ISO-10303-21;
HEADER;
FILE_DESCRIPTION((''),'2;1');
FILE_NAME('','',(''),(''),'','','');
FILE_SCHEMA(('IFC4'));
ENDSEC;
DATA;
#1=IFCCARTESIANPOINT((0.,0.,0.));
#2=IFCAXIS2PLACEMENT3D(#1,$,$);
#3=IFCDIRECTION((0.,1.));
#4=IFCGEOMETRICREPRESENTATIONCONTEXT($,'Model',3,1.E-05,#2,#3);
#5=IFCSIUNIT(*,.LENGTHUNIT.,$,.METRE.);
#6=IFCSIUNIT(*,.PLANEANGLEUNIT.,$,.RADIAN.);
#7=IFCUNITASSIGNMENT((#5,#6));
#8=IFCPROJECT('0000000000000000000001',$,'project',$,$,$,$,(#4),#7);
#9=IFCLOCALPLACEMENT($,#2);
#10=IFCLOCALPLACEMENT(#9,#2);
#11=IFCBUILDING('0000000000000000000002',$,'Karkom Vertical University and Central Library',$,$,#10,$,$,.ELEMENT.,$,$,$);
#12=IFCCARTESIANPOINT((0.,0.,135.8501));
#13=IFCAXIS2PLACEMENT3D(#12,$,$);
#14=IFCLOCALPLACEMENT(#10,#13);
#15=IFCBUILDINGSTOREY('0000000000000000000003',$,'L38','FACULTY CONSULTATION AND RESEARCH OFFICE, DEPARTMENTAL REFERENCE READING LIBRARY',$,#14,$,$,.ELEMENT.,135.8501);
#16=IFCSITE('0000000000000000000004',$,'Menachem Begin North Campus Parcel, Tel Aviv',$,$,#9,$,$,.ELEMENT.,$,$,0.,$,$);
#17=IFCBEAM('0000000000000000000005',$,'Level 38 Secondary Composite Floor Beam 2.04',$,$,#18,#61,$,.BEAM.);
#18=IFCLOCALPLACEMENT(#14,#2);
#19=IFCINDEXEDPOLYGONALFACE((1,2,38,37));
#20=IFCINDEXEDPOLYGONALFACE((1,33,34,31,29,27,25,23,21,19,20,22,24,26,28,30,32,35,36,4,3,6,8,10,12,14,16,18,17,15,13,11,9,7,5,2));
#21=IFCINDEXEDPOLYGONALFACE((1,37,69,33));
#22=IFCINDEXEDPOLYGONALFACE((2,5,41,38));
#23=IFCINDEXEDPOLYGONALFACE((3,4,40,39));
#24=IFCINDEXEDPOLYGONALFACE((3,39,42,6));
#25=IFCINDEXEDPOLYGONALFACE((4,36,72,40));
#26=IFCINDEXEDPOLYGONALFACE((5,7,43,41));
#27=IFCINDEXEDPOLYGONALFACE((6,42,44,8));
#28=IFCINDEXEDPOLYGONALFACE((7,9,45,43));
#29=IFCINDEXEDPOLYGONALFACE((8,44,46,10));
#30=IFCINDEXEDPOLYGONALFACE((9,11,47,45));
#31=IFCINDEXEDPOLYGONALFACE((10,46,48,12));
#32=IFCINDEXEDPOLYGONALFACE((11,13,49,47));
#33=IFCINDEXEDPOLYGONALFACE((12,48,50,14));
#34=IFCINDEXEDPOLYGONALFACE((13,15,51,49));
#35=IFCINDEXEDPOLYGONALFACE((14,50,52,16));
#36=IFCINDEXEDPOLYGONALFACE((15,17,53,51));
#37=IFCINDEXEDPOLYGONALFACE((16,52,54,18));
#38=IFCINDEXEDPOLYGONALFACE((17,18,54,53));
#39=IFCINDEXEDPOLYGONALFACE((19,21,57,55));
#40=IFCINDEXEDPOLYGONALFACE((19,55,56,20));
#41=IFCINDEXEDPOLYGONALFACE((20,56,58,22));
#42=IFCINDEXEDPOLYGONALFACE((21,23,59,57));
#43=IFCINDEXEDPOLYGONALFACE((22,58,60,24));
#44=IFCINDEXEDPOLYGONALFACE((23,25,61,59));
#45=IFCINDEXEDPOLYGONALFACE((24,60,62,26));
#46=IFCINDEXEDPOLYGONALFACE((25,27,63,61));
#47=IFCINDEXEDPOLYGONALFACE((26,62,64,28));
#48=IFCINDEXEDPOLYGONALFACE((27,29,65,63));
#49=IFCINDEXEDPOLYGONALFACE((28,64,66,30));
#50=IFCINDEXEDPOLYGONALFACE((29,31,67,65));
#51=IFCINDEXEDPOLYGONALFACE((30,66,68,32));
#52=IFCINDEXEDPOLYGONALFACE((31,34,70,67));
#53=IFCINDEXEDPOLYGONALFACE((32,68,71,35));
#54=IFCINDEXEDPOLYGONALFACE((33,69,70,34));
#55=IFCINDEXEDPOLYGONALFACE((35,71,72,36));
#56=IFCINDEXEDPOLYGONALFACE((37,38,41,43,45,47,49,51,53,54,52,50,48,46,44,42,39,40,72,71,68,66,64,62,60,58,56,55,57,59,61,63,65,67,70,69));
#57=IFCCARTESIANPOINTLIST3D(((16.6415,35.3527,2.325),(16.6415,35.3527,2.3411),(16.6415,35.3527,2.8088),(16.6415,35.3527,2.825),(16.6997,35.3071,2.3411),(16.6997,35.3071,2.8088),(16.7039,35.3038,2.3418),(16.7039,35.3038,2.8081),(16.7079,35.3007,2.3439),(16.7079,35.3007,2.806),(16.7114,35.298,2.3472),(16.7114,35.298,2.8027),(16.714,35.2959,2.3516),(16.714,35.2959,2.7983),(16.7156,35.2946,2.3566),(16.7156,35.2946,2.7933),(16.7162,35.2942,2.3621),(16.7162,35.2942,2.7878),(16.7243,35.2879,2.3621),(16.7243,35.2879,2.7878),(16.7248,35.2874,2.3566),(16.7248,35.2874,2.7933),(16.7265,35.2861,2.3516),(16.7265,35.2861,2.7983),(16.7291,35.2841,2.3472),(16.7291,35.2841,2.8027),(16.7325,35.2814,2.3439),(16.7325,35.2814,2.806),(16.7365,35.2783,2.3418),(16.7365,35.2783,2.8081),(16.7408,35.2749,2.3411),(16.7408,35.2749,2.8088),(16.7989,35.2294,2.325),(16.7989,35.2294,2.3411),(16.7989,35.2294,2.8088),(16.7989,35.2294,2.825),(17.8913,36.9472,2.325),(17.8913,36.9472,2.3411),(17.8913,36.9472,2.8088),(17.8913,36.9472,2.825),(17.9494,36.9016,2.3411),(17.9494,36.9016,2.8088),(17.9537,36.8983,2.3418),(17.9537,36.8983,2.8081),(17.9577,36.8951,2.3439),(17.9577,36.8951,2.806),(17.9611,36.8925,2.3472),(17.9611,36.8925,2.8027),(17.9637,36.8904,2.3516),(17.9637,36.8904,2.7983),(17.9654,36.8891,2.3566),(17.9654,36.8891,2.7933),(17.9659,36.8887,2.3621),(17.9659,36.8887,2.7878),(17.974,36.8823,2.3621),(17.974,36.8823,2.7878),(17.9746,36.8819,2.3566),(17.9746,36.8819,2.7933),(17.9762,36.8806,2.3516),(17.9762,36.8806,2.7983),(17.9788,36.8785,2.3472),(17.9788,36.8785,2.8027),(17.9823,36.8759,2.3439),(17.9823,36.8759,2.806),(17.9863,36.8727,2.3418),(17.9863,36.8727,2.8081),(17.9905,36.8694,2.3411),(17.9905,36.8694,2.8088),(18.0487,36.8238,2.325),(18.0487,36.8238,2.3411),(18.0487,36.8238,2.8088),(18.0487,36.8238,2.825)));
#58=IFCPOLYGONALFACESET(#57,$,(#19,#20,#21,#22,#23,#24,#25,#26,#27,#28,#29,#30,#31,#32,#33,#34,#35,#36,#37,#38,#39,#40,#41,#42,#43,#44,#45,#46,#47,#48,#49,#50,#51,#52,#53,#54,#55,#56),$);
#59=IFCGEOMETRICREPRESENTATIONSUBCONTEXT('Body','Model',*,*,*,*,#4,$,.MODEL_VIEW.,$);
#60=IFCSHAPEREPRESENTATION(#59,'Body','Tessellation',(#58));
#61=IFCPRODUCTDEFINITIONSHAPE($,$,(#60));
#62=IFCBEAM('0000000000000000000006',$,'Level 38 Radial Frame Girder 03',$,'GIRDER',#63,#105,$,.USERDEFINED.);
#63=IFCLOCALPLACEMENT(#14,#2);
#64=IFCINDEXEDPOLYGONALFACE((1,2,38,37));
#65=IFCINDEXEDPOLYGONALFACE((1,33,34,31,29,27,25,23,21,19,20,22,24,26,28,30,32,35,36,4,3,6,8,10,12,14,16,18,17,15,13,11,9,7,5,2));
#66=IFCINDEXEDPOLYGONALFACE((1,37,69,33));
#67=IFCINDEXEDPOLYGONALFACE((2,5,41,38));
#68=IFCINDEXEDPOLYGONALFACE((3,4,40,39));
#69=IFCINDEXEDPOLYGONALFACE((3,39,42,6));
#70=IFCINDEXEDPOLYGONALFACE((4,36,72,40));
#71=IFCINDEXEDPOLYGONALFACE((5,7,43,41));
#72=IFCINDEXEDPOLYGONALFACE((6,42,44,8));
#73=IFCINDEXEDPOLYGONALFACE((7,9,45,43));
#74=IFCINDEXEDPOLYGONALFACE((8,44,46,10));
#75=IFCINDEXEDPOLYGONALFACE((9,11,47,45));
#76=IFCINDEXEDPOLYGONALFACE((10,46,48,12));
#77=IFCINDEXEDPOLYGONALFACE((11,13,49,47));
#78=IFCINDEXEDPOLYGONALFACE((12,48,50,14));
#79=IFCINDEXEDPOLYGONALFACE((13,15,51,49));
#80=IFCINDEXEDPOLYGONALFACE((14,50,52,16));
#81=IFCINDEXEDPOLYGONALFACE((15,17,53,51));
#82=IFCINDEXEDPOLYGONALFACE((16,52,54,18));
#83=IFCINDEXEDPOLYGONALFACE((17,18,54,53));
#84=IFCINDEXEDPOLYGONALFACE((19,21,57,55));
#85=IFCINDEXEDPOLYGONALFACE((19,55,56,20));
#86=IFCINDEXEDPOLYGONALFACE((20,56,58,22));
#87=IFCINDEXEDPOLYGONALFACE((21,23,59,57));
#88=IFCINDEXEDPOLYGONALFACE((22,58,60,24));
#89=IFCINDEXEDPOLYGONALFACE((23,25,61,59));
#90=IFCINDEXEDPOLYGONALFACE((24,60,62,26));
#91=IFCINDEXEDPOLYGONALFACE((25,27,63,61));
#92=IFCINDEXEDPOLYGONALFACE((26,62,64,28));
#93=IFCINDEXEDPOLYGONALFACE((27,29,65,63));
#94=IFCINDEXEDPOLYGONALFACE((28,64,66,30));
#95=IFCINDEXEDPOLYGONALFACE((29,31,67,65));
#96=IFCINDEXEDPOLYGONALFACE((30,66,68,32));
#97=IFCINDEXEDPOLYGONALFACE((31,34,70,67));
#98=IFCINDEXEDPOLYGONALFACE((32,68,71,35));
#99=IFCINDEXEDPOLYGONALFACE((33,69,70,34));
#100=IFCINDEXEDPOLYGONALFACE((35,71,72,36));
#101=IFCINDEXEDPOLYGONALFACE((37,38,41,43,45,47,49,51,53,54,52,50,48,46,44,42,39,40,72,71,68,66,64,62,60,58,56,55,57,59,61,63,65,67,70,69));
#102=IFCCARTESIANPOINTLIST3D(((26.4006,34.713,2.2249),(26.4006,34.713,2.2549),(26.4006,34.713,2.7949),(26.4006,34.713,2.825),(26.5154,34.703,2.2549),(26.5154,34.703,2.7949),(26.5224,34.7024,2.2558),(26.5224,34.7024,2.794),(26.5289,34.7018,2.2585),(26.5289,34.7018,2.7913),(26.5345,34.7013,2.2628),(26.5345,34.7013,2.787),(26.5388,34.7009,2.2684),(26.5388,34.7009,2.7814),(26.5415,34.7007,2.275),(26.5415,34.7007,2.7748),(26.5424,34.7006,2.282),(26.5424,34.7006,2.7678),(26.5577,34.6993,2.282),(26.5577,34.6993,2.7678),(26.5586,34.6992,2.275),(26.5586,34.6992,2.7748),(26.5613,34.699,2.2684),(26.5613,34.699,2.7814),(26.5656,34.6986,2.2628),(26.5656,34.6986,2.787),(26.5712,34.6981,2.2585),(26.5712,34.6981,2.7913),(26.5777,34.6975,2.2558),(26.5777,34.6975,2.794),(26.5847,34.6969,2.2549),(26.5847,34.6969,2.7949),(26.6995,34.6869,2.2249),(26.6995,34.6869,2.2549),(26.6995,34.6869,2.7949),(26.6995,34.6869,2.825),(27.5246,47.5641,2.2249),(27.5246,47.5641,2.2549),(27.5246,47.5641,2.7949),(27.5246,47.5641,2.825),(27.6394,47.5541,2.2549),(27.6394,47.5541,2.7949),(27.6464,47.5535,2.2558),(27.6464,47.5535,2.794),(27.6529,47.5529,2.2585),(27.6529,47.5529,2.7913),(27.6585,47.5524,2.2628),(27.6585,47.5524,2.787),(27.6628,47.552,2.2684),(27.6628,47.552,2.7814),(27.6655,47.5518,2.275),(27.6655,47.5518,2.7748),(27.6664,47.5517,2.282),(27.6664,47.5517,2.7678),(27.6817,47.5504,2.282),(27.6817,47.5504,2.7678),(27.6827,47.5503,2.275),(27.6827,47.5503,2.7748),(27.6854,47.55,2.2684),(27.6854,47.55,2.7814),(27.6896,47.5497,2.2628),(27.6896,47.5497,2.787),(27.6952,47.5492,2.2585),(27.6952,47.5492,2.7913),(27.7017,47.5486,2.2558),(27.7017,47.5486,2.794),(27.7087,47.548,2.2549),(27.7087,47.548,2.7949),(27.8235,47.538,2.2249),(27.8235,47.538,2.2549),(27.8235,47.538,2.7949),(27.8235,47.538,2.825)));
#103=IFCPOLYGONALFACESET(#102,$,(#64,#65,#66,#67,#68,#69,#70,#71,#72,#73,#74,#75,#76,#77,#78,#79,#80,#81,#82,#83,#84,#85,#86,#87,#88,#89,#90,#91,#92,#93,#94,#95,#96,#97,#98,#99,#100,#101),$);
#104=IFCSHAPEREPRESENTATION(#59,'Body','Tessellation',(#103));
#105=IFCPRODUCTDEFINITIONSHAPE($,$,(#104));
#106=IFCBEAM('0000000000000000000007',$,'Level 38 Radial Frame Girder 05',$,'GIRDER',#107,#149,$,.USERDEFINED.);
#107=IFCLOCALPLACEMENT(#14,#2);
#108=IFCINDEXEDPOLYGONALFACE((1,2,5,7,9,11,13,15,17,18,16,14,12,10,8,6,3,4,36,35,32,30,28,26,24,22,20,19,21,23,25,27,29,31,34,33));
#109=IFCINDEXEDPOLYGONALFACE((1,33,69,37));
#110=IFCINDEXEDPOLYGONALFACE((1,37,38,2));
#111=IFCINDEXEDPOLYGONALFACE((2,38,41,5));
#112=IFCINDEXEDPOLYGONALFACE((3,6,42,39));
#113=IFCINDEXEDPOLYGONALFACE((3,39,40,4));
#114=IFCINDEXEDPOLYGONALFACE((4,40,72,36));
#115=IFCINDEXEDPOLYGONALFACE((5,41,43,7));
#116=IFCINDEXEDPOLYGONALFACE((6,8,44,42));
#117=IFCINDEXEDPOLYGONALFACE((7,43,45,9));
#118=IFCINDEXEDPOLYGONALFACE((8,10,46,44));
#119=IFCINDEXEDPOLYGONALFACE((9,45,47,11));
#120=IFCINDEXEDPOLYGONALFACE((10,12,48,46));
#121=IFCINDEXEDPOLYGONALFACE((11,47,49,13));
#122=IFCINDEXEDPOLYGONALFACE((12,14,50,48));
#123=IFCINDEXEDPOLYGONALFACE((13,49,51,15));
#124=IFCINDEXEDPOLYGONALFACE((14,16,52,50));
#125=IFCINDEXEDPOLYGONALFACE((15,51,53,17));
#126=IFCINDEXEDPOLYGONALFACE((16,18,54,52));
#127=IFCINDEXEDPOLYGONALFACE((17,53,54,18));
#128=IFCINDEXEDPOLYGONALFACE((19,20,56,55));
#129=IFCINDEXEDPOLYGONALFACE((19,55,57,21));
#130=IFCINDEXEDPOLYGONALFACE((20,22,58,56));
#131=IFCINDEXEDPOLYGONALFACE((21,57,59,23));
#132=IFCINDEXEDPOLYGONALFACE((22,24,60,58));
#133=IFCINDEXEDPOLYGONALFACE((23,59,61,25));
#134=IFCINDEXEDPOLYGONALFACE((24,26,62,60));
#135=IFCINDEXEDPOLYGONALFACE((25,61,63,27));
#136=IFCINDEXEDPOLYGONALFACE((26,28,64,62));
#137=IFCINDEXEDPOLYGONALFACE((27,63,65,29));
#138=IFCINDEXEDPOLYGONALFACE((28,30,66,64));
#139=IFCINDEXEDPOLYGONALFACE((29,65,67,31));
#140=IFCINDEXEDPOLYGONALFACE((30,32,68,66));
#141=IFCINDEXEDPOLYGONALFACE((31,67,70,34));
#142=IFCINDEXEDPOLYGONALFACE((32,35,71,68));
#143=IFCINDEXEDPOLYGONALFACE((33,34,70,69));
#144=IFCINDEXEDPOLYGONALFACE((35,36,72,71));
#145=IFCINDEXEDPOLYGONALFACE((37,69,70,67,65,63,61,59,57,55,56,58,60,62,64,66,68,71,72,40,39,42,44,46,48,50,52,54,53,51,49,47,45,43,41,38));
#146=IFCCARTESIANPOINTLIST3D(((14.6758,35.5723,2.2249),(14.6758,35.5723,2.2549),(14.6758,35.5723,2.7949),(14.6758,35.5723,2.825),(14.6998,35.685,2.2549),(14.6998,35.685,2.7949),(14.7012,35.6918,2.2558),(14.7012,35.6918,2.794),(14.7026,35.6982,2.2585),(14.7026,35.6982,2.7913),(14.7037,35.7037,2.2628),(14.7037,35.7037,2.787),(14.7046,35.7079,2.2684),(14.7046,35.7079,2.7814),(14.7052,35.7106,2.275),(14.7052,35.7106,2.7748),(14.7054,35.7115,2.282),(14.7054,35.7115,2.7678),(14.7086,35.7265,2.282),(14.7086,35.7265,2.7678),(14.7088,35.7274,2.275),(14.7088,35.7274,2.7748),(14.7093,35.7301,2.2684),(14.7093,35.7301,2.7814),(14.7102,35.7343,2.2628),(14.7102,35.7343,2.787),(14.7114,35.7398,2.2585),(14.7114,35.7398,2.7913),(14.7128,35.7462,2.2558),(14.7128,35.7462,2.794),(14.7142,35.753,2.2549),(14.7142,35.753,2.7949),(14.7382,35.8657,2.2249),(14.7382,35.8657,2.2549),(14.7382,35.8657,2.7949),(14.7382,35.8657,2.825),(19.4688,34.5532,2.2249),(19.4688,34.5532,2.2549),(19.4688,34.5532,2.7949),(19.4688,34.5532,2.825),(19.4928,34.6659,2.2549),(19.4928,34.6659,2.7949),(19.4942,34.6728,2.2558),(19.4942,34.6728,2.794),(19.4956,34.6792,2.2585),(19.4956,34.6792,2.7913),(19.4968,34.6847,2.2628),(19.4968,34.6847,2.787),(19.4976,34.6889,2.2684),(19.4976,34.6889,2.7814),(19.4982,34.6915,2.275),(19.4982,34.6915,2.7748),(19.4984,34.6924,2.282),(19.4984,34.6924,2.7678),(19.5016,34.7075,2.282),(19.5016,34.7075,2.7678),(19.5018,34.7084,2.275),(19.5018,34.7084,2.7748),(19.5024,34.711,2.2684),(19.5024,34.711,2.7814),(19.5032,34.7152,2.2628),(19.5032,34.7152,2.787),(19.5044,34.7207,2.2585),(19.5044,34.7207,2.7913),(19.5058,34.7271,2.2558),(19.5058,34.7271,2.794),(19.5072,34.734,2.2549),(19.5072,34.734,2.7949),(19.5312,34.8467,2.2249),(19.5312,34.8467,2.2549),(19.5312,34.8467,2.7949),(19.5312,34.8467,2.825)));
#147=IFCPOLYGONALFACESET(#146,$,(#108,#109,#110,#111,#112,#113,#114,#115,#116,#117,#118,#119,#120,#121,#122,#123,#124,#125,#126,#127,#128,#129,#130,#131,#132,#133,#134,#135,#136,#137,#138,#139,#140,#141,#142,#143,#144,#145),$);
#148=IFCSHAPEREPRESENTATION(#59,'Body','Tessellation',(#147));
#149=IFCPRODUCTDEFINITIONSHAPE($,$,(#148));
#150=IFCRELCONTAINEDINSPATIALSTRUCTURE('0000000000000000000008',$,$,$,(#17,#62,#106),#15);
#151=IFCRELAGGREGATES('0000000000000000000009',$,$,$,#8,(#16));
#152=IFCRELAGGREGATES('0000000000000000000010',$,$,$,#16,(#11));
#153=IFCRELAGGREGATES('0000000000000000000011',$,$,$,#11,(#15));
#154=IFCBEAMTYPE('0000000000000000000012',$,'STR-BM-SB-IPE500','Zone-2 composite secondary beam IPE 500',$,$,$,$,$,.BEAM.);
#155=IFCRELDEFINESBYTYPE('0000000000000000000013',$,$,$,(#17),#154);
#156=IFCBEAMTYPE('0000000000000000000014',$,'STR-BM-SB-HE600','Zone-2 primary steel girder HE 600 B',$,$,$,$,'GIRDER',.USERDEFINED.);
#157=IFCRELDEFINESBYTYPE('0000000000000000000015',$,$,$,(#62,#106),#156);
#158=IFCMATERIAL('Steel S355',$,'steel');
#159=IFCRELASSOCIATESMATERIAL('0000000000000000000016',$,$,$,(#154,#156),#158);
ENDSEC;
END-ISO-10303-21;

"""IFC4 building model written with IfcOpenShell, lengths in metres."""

from ifc_helpers import new_model, si_unit, direction, frame, origin, origin_with_axes, origin_2d, place, context, subcontext, project, spatial, i_section, extrude, source, transform, mapped, material, material_profile, profile_set, type_object, element, save


model = new_model("IFC4")

# Units and contexts
model_context = context("Model", 3, precision=1e-05, world=origin(), true_north=direction((0.0, 1.0)))
body_context = subcontext(model_context, "Body", "Model", "MODEL_VIEW")
ifc_project = project(units=[si_unit("LENGTHUNIT", "METRE"), si_unit("PLANEANGLEUNIT", "RADIAN")], contexts=[model_context])

# Site, building, storey
site_placement = place(None, origin())
site = spatial("IfcSite", under=ifc_project, at=site_placement, Name="Menachem Begin North Campus Parcel, Tel Aviv", CompositionType="ELEMENT", RefElevation=0.0)
building_placement = place(site_placement, origin())
building = spatial("IfcBuilding", under=site, at=building_placement, Name="Karkom Vertical University and Central Library", CompositionType="ELEMENT")
storey_placement = place(building_placement, frame((0.0, 0.0, 135.8501)))
storey = spatial("IfcBuildingStorey", under=building, at=storey_placement, Name="L38", Description="FACULTY CONSULTATION AND RESEARCH OFFICE, DEPARTMENTAL REFERENCE READING LIBRARY", CompositionType="ELEMENT", Elevation=135.8501)

# Beams
ifc_material_1 = material(Name="Steel S355", Category="steel")
ifc_material_profile_1 = material_profile(ifc_material_1, i_section(OverallWidth=0.2, OverallDepth=0.5, WebThickness=0.0103, FlangeThickness=0.0161, FilletRadius=0.021, at=origin_2d()), Name="IPE 500")
ifc_profile_set_1 = profile_set([ifc_material_profile_1], Name="Steel S355")
beam_type_1 = type_object("IfcBeamType", Name="STR-BM-SB-IPE500", Description="Zone-2 composite secondary beam IPE 500", PredefinedType="BEAM", material=ifc_profile_set_1)
shared_shape_1 = source(origin_with_axes(), body_context, "Body", "SweptSolid", [
    extrude(i_section(OverallWidth=0.2, OverallDepth=0.5, WebThickness=0.0103, FlangeThickness=0.0161, FilletRadius=0.021, at=origin_2d()), origin(), (0.0, 0.0, 1.0), 2.0259),
])
beam_1_placement = place(storey_placement, frame((17.97, 36.8855, 2.575), z_axis=(-0.61689, -0.78705, 0.0), x_axis=(0.78705, -0.61689, 0.0)))
element("IfcBeam", 1, at=beam_1_placement, inside=storey, type_object=beam_type_1, Name="Level 38 Secondary Composite Floor Beam 2.04", PredefinedType="BEAM", context=body_context, shape_type="MappedRepresentation", body=[
    mapped(shared_shape_1, transform((0.0, 0.0, 0.0), scale=1.0)),
])
ifc_material_profile_2 = material_profile(ifc_material_1, i_section(OverallWidth=0.3, OverallDepth=0.6001, WebThickness=0.0154, FlangeThickness=0.03, FilletRadius=0.0271, at=origin_2d()), Name="HE 600 B")
ifc_profile_set_2 = profile_set([ifc_material_profile_2], Name="Steel S355")
beam_type_2 = type_object("IfcBeamType", Name="STR-BM-SB-HE600", Description="Zone-2 primary steel girder HE 600 B", ElementType="GIRDER", PredefinedType="USERDEFINED", material=ifc_profile_set_2)
shared_shape_2 = source(origin_with_axes(), body_context, "Body", "SweptSolid", [
    extrude(i_section(OverallWidth=0.3, OverallDepth=0.6001, WebThickness=0.0154, FlangeThickness=0.03, FilletRadius=0.0271, at=origin_2d()), origin(), (0.0, 0.0, 1.0), 12.9001),
])
beam_2_placement = place(storey_placement, frame((26.55, 34.7, 2.5249), z_axis=(0.087133, 0.996197, 0.0), x_axis=(-0.996197, 0.087133, 0.0)))
element("IfcBeam", 2, at=beam_2_placement, inside=storey, type_object=beam_type_2, Name="Level 38 Radial Frame Girder 03", ObjectType="GIRDER", PredefinedType="USERDEFINED", context=body_context, shape_type="MappedRepresentation", body=[
    mapped(shared_shape_2, transform((0.0, 0.0, 0.0), scale=1.0)),
])
shared_shape_3 = source(origin_with_axes(), body_context, "Body", "SweptSolid", [
    extrude(i_section(OverallWidth=0.3, OverallDepth=0.6001, WebThickness=0.0154, FlangeThickness=0.03, FilletRadius=0.0271, at=origin_2d()), origin(), (0.0, 0.0, 1.0), 4.9001),
])
beam_3_placement = place(storey_placement, frame((19.5, 34.7, 2.5249), z_axis=(-0.978137, 0.207964, 0.0), x_axis=(-0.207964, -0.978137, 0.0)))
element("IfcBeam", 3, at=beam_3_placement, inside=storey, type_object=beam_type_2, Name="Level 38 Radial Frame Girder 05", ObjectType="GIRDER", PredefinedType="USERDEFINED", context=body_context, shape_type="MappedRepresentation", body=[
    mapped(shared_shape_3, transform((0.0, 0.0, 0.0), scale=1.0)),
])

save(model, "model.ifc")
